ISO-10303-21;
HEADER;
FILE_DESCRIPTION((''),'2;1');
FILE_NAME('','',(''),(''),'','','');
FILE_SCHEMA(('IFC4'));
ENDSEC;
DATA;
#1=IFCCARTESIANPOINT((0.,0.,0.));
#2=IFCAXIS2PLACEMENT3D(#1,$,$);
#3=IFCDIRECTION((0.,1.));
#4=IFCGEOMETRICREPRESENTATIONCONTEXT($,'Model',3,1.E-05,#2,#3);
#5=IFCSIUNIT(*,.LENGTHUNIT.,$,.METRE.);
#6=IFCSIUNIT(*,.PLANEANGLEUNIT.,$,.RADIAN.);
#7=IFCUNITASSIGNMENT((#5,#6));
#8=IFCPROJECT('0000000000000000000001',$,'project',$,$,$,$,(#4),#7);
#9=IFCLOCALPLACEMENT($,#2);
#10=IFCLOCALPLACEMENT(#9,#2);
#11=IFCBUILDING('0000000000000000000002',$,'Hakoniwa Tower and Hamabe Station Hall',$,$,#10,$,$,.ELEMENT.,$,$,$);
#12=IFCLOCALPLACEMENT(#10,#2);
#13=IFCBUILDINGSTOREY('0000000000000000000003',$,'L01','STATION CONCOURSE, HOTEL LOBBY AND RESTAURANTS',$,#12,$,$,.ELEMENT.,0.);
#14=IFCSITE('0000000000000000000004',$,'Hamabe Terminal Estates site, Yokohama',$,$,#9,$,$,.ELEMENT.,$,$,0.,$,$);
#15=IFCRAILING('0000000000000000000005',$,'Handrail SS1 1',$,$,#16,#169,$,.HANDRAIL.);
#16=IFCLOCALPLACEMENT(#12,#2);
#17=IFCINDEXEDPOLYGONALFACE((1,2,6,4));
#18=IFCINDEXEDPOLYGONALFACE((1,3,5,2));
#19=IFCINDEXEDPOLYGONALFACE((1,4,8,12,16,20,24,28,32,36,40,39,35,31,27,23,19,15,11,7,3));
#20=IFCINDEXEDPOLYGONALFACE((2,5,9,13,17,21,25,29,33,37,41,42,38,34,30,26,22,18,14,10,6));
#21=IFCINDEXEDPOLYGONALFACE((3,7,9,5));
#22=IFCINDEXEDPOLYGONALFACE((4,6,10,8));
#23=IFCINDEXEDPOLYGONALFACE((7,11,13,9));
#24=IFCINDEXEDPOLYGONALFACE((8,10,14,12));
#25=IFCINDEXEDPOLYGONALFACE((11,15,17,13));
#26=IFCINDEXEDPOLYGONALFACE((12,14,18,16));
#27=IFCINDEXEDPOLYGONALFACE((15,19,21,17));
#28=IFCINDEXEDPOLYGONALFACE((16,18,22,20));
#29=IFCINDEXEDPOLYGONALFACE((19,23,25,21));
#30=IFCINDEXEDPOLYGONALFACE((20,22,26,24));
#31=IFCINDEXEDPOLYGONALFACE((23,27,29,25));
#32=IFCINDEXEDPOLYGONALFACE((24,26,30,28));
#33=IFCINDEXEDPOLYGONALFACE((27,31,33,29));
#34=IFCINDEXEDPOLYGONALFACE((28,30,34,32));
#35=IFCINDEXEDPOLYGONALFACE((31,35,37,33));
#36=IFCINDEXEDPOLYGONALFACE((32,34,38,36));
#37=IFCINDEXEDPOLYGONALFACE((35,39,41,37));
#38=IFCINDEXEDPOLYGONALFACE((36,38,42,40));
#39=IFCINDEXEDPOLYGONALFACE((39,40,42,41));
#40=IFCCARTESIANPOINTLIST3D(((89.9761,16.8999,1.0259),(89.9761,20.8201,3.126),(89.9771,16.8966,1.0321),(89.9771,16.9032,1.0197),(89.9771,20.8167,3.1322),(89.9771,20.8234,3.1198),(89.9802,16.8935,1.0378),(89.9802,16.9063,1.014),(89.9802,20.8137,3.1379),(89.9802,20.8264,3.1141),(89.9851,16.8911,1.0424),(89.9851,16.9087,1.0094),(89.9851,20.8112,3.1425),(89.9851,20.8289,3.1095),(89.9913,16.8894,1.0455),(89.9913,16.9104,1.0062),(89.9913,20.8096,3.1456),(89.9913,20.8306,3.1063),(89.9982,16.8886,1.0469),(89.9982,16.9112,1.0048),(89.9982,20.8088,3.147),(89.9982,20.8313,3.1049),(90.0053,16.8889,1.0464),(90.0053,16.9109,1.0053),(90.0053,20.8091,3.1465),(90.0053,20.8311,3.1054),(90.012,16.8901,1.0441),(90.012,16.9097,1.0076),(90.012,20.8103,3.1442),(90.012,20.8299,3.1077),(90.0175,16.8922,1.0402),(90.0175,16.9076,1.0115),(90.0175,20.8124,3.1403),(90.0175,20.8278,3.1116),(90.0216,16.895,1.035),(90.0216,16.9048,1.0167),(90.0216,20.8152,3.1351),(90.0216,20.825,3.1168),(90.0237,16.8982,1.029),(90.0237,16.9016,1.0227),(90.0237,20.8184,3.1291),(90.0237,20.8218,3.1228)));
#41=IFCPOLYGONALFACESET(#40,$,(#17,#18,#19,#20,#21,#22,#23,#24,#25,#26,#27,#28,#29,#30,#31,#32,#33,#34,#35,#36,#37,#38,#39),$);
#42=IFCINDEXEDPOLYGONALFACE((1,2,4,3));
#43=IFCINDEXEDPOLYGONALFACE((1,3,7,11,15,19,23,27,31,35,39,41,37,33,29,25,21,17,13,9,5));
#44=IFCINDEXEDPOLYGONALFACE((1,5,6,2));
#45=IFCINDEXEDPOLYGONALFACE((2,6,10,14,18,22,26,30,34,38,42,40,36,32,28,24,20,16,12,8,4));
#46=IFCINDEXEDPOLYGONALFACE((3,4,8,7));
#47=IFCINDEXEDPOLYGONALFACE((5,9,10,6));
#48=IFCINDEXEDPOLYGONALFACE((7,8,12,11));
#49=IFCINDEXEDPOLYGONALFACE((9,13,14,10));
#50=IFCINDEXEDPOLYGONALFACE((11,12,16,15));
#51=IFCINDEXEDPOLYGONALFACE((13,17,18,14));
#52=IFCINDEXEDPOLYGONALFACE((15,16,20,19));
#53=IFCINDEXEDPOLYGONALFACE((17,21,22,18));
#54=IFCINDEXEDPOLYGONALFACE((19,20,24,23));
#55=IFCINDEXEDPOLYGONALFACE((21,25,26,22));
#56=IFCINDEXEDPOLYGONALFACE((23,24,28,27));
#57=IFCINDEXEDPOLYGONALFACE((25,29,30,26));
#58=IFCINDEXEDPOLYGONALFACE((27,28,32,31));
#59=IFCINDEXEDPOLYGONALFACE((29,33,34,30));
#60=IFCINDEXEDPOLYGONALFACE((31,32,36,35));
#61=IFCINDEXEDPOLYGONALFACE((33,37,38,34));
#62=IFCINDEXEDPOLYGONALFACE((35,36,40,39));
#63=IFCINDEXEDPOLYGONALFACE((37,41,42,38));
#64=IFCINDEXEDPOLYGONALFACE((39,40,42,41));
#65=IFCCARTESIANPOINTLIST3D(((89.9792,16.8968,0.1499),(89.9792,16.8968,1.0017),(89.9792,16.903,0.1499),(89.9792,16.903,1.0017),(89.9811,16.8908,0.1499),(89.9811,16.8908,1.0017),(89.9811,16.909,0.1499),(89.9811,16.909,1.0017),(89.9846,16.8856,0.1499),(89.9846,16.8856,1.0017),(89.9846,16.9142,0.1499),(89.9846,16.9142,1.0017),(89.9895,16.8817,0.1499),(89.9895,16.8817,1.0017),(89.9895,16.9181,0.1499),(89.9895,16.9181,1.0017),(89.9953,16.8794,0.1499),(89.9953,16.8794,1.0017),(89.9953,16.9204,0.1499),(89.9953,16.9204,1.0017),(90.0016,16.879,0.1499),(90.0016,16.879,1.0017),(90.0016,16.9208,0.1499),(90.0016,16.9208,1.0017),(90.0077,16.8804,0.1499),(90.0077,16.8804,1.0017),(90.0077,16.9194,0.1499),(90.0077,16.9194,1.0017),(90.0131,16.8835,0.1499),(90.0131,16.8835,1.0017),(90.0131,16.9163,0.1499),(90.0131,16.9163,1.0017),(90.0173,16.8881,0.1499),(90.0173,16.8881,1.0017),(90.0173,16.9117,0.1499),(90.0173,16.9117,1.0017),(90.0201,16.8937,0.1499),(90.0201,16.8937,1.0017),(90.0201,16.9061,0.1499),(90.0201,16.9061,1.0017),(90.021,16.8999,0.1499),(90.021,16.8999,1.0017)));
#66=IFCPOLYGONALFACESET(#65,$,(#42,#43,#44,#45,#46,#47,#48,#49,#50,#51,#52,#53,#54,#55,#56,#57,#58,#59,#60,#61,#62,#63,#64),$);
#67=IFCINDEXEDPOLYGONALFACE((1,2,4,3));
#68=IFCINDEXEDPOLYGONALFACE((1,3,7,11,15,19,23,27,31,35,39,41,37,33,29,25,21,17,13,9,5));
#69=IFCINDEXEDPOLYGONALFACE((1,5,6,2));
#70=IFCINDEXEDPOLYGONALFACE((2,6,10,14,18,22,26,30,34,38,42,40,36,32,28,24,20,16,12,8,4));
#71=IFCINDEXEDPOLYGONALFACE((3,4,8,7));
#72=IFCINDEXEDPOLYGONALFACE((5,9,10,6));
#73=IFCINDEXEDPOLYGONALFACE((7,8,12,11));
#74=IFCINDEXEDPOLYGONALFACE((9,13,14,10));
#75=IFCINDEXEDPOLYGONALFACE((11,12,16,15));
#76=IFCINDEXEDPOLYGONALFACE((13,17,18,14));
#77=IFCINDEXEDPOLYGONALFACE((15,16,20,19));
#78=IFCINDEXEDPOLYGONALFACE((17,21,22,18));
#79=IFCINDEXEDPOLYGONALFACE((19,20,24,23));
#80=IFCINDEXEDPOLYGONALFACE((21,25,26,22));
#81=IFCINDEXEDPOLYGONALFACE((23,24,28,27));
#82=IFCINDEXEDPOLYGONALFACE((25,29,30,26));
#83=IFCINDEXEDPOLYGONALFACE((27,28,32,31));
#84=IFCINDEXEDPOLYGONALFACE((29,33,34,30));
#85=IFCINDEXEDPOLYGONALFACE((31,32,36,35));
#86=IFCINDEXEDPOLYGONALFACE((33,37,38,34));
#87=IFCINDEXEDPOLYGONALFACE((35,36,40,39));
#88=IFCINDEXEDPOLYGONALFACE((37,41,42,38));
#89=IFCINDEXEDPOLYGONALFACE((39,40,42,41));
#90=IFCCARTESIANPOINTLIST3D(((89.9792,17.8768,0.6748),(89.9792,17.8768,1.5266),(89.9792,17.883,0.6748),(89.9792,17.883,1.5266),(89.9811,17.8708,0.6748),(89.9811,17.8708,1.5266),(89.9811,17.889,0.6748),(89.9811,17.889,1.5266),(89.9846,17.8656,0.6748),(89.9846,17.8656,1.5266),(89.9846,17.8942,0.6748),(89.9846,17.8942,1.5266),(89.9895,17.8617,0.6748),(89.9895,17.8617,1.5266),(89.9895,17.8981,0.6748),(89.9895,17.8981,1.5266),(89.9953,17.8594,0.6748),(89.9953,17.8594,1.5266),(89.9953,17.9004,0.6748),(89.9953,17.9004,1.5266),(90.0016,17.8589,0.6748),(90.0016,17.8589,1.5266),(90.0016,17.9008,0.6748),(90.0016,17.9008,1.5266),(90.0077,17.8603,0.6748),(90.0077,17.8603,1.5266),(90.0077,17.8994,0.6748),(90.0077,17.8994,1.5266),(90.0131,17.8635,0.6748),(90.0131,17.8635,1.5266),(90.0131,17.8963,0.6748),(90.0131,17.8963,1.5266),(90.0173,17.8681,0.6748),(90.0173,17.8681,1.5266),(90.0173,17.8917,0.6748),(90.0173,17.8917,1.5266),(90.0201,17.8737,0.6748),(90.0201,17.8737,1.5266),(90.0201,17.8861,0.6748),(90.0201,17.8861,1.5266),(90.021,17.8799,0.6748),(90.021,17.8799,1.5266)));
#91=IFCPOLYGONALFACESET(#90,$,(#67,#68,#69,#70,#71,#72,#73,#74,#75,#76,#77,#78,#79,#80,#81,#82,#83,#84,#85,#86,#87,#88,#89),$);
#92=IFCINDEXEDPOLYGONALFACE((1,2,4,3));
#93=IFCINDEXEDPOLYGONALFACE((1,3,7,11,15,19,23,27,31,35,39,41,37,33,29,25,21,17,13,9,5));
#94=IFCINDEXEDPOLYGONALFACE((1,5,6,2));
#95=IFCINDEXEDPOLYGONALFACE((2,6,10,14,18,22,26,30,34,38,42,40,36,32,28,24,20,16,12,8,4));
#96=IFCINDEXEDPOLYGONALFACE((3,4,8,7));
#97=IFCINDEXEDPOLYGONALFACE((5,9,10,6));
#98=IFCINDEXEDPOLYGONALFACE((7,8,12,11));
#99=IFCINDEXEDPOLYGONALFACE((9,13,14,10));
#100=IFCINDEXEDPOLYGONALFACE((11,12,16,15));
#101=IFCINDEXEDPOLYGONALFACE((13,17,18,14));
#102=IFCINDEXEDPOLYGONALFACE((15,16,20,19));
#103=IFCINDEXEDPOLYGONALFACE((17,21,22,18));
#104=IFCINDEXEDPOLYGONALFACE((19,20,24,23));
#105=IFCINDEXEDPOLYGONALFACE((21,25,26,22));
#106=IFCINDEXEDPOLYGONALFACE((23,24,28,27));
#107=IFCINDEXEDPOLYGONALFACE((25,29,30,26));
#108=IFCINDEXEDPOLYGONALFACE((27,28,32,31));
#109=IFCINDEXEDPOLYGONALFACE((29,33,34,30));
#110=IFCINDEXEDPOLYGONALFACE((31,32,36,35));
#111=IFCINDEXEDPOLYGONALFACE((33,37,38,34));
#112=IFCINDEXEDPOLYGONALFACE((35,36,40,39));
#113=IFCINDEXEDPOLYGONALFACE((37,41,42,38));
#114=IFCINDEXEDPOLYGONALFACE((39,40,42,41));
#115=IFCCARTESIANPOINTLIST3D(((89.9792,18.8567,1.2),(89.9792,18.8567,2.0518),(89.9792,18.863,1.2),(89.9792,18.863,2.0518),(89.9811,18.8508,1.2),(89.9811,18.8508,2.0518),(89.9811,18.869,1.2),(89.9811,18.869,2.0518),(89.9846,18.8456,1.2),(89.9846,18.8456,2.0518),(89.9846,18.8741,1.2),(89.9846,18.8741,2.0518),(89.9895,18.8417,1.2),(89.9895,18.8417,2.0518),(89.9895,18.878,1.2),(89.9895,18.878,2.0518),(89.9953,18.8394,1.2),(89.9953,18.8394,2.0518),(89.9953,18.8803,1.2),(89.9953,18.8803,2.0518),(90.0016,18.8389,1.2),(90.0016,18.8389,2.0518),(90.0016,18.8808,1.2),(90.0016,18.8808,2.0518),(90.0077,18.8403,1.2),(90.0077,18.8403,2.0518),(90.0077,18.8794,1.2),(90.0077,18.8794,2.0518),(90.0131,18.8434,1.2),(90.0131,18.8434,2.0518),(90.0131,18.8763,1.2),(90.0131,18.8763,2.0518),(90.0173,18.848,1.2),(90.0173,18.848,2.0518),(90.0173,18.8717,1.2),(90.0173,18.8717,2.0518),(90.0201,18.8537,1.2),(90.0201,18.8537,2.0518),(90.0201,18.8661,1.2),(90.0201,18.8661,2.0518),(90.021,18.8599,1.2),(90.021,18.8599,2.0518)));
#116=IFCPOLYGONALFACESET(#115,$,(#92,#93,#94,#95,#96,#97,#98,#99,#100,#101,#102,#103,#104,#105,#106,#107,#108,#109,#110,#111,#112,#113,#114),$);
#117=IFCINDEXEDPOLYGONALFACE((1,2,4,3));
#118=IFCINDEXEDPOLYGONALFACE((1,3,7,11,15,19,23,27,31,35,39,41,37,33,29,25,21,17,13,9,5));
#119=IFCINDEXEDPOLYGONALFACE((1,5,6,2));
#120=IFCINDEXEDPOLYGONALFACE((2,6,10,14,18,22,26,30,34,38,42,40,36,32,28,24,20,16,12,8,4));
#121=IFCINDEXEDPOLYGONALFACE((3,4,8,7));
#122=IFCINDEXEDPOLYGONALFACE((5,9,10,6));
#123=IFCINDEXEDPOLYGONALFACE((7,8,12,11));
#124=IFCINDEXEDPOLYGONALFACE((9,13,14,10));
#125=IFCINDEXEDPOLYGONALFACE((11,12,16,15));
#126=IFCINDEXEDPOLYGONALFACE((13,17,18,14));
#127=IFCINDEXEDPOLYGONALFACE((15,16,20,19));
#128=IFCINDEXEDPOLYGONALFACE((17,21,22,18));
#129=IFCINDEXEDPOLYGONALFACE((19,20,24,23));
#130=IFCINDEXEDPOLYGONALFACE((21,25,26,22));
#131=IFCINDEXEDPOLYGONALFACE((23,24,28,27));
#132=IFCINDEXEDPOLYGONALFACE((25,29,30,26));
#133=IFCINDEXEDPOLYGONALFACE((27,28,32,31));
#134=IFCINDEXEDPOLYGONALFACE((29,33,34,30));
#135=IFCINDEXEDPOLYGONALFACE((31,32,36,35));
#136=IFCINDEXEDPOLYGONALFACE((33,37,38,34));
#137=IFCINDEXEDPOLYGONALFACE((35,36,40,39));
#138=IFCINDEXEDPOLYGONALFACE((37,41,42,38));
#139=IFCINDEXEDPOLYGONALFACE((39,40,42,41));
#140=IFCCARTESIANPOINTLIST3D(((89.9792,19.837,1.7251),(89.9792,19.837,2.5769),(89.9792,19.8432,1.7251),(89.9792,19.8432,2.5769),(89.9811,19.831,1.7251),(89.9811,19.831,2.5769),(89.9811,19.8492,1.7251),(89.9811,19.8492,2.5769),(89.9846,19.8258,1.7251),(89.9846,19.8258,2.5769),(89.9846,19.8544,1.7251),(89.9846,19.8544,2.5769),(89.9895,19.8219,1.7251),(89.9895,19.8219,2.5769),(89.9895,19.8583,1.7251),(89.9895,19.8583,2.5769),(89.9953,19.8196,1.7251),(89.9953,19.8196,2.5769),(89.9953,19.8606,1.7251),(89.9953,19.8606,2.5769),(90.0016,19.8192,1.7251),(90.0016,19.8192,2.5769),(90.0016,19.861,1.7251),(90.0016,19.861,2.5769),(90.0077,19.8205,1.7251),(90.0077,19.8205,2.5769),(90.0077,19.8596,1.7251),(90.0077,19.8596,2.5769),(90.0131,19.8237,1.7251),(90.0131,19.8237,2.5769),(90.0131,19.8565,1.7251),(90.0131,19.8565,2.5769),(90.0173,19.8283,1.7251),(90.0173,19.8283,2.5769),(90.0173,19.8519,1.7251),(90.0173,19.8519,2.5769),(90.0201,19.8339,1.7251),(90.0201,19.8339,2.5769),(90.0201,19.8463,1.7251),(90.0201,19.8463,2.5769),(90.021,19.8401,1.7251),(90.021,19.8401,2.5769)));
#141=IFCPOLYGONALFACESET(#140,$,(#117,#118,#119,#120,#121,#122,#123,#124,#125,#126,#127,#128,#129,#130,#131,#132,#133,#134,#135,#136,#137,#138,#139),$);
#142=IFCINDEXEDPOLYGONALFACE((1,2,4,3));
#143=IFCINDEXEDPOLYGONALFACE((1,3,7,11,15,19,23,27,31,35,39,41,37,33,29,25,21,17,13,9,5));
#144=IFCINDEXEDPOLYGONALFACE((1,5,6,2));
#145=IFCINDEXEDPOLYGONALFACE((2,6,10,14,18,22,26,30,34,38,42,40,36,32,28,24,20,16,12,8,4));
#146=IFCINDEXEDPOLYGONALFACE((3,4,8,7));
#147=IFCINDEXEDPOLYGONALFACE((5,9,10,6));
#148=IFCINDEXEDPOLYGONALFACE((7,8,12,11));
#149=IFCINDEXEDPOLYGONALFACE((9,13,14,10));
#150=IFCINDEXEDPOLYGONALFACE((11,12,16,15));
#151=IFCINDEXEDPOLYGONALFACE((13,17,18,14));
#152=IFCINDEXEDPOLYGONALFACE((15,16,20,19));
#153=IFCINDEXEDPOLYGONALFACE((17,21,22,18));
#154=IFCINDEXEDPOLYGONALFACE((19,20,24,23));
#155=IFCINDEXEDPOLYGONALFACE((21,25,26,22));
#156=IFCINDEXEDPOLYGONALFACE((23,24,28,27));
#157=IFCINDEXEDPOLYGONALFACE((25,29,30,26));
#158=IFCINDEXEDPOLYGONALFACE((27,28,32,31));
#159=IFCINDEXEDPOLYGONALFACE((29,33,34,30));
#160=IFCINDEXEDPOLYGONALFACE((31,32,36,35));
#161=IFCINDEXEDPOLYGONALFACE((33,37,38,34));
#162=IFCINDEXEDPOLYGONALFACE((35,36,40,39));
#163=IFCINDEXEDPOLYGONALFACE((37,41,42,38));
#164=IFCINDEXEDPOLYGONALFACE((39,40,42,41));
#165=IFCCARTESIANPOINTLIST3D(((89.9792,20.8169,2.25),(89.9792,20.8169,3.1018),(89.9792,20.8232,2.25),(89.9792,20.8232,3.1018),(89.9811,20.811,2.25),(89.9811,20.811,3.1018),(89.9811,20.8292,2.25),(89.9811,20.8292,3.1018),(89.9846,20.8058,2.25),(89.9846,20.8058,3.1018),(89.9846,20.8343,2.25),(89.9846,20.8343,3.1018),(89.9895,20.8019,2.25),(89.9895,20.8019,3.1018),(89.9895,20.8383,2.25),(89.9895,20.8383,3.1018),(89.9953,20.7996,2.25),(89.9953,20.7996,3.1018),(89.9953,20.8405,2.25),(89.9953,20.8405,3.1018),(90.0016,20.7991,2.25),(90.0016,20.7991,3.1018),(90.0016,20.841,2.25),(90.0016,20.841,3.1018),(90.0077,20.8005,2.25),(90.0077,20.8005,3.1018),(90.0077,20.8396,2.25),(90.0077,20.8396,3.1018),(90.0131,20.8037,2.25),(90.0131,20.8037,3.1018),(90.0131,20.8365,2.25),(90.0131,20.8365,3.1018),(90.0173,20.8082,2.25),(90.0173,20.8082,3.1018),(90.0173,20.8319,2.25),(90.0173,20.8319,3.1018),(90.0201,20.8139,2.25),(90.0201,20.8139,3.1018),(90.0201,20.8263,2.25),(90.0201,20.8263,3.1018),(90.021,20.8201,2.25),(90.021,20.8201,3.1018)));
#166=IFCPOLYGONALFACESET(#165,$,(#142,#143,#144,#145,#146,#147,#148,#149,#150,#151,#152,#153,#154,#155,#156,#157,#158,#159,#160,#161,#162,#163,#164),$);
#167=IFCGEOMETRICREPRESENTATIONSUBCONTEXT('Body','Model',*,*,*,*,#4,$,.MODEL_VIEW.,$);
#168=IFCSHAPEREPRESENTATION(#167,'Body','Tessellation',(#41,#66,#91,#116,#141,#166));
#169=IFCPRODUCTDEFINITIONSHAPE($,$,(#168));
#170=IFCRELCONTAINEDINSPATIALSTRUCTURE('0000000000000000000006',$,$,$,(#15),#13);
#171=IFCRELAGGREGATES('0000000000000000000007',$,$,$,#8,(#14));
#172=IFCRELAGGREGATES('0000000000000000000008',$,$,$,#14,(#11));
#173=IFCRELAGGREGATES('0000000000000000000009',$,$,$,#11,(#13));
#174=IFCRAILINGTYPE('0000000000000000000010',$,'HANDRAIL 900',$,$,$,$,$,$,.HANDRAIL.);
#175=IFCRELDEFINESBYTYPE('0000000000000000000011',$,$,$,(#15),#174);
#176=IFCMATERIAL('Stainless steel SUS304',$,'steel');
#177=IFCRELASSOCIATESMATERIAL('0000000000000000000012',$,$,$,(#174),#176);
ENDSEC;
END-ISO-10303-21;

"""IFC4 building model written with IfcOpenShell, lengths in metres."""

from ifc_helpers import new_model, si_unit, direction, frame, origin, origin_2d, place, context, subcontext, project, spatial, circle, extrude, material, type_object, element, save


model = new_model("IFC4")

# Units and contexts
model_context = context("Model", 3, precision=1e-05, world=origin(), true_north=direction((0.0, 1.0)))
body_context = subcontext(model_context, "Body", "Model", "MODEL_VIEW")
ifc_project = project(units=[si_unit("LENGTHUNIT", "METRE"), si_unit("PLANEANGLEUNIT", "RADIAN")], contexts=[model_context])

# Site, building, storey
site_placement = place(None, origin())
site = spatial("IfcSite", under=ifc_project, at=site_placement, Name="Hamabe Terminal Estates site, Yokohama", CompositionType="ELEMENT", RefElevation=0.0)
building_placement = place(site_placement, origin())
building = spatial("IfcBuilding", under=site, at=building_placement, Name="Hakoniwa Tower and Hamabe Station Hall", CompositionType="ELEMENT")
storey_placement = place(building_placement, origin())
storey = spatial("IfcBuildingStorey", under=building, at=storey_placement, Name="L01", Description="STATION CONCOURSE, HOTEL LOBBY AND RESTAURANTS", CompositionType="ELEMENT", Elevation=0.0)

# Railing
ifc_material_1 = material(Name="Stainless steel SUS304", Category="steel")
railing_type = type_object("IfcRailingType", Name="HANDRAIL 900", PredefinedType="HANDRAIL", material=ifc_material_1)
for number, where, name in (
    (1, (90.0, 16.8999, 0.1499), "Handrail SS1 1"),
):
    element("IfcRailing", number, at=place(storey_placement, frame(where)), inside=storey, type_object=railing_type, Name=name, PredefinedType="HANDRAIL", context=body_context, shape_type="SweptSolid", body=[
        extrude(circle(Radius=0.0239, at=origin_2d()), frame((0.0, 0.0, 0.876), z_axis=(0.0, 0.881479, 0.472223), x_axis=(-1.0, 0.0, 0.0)), (0.0, 0.0, 1.0), 4.4473),
        extrude(circle(Radius=0.021, at=origin_2d()), origin(), (0.0, 0.0, 1.0), 0.8518),
        extrude(circle(Radius=0.021, at=origin_2d()), frame((0.0, 0.98, 0.5249)), (0.0, 0.0, 1.0), 0.8518),
        extrude(circle(Radius=0.021, at=origin_2d()), frame((0.0, 1.96, 1.05)), (0.0, 0.0, 1.0), 0.8518),
        extrude(circle(Radius=0.021, at=origin_2d()), frame((0.0, 2.9402, 1.5752)), (0.0, 0.0, 1.0), 0.8518),
        extrude(circle(Radius=0.021, at=origin_2d()), frame((0.0, 3.9202, 2.1001)), (0.0, 0.0, 1.0), 0.8518),
    ])

save(model, "model.ifc")
